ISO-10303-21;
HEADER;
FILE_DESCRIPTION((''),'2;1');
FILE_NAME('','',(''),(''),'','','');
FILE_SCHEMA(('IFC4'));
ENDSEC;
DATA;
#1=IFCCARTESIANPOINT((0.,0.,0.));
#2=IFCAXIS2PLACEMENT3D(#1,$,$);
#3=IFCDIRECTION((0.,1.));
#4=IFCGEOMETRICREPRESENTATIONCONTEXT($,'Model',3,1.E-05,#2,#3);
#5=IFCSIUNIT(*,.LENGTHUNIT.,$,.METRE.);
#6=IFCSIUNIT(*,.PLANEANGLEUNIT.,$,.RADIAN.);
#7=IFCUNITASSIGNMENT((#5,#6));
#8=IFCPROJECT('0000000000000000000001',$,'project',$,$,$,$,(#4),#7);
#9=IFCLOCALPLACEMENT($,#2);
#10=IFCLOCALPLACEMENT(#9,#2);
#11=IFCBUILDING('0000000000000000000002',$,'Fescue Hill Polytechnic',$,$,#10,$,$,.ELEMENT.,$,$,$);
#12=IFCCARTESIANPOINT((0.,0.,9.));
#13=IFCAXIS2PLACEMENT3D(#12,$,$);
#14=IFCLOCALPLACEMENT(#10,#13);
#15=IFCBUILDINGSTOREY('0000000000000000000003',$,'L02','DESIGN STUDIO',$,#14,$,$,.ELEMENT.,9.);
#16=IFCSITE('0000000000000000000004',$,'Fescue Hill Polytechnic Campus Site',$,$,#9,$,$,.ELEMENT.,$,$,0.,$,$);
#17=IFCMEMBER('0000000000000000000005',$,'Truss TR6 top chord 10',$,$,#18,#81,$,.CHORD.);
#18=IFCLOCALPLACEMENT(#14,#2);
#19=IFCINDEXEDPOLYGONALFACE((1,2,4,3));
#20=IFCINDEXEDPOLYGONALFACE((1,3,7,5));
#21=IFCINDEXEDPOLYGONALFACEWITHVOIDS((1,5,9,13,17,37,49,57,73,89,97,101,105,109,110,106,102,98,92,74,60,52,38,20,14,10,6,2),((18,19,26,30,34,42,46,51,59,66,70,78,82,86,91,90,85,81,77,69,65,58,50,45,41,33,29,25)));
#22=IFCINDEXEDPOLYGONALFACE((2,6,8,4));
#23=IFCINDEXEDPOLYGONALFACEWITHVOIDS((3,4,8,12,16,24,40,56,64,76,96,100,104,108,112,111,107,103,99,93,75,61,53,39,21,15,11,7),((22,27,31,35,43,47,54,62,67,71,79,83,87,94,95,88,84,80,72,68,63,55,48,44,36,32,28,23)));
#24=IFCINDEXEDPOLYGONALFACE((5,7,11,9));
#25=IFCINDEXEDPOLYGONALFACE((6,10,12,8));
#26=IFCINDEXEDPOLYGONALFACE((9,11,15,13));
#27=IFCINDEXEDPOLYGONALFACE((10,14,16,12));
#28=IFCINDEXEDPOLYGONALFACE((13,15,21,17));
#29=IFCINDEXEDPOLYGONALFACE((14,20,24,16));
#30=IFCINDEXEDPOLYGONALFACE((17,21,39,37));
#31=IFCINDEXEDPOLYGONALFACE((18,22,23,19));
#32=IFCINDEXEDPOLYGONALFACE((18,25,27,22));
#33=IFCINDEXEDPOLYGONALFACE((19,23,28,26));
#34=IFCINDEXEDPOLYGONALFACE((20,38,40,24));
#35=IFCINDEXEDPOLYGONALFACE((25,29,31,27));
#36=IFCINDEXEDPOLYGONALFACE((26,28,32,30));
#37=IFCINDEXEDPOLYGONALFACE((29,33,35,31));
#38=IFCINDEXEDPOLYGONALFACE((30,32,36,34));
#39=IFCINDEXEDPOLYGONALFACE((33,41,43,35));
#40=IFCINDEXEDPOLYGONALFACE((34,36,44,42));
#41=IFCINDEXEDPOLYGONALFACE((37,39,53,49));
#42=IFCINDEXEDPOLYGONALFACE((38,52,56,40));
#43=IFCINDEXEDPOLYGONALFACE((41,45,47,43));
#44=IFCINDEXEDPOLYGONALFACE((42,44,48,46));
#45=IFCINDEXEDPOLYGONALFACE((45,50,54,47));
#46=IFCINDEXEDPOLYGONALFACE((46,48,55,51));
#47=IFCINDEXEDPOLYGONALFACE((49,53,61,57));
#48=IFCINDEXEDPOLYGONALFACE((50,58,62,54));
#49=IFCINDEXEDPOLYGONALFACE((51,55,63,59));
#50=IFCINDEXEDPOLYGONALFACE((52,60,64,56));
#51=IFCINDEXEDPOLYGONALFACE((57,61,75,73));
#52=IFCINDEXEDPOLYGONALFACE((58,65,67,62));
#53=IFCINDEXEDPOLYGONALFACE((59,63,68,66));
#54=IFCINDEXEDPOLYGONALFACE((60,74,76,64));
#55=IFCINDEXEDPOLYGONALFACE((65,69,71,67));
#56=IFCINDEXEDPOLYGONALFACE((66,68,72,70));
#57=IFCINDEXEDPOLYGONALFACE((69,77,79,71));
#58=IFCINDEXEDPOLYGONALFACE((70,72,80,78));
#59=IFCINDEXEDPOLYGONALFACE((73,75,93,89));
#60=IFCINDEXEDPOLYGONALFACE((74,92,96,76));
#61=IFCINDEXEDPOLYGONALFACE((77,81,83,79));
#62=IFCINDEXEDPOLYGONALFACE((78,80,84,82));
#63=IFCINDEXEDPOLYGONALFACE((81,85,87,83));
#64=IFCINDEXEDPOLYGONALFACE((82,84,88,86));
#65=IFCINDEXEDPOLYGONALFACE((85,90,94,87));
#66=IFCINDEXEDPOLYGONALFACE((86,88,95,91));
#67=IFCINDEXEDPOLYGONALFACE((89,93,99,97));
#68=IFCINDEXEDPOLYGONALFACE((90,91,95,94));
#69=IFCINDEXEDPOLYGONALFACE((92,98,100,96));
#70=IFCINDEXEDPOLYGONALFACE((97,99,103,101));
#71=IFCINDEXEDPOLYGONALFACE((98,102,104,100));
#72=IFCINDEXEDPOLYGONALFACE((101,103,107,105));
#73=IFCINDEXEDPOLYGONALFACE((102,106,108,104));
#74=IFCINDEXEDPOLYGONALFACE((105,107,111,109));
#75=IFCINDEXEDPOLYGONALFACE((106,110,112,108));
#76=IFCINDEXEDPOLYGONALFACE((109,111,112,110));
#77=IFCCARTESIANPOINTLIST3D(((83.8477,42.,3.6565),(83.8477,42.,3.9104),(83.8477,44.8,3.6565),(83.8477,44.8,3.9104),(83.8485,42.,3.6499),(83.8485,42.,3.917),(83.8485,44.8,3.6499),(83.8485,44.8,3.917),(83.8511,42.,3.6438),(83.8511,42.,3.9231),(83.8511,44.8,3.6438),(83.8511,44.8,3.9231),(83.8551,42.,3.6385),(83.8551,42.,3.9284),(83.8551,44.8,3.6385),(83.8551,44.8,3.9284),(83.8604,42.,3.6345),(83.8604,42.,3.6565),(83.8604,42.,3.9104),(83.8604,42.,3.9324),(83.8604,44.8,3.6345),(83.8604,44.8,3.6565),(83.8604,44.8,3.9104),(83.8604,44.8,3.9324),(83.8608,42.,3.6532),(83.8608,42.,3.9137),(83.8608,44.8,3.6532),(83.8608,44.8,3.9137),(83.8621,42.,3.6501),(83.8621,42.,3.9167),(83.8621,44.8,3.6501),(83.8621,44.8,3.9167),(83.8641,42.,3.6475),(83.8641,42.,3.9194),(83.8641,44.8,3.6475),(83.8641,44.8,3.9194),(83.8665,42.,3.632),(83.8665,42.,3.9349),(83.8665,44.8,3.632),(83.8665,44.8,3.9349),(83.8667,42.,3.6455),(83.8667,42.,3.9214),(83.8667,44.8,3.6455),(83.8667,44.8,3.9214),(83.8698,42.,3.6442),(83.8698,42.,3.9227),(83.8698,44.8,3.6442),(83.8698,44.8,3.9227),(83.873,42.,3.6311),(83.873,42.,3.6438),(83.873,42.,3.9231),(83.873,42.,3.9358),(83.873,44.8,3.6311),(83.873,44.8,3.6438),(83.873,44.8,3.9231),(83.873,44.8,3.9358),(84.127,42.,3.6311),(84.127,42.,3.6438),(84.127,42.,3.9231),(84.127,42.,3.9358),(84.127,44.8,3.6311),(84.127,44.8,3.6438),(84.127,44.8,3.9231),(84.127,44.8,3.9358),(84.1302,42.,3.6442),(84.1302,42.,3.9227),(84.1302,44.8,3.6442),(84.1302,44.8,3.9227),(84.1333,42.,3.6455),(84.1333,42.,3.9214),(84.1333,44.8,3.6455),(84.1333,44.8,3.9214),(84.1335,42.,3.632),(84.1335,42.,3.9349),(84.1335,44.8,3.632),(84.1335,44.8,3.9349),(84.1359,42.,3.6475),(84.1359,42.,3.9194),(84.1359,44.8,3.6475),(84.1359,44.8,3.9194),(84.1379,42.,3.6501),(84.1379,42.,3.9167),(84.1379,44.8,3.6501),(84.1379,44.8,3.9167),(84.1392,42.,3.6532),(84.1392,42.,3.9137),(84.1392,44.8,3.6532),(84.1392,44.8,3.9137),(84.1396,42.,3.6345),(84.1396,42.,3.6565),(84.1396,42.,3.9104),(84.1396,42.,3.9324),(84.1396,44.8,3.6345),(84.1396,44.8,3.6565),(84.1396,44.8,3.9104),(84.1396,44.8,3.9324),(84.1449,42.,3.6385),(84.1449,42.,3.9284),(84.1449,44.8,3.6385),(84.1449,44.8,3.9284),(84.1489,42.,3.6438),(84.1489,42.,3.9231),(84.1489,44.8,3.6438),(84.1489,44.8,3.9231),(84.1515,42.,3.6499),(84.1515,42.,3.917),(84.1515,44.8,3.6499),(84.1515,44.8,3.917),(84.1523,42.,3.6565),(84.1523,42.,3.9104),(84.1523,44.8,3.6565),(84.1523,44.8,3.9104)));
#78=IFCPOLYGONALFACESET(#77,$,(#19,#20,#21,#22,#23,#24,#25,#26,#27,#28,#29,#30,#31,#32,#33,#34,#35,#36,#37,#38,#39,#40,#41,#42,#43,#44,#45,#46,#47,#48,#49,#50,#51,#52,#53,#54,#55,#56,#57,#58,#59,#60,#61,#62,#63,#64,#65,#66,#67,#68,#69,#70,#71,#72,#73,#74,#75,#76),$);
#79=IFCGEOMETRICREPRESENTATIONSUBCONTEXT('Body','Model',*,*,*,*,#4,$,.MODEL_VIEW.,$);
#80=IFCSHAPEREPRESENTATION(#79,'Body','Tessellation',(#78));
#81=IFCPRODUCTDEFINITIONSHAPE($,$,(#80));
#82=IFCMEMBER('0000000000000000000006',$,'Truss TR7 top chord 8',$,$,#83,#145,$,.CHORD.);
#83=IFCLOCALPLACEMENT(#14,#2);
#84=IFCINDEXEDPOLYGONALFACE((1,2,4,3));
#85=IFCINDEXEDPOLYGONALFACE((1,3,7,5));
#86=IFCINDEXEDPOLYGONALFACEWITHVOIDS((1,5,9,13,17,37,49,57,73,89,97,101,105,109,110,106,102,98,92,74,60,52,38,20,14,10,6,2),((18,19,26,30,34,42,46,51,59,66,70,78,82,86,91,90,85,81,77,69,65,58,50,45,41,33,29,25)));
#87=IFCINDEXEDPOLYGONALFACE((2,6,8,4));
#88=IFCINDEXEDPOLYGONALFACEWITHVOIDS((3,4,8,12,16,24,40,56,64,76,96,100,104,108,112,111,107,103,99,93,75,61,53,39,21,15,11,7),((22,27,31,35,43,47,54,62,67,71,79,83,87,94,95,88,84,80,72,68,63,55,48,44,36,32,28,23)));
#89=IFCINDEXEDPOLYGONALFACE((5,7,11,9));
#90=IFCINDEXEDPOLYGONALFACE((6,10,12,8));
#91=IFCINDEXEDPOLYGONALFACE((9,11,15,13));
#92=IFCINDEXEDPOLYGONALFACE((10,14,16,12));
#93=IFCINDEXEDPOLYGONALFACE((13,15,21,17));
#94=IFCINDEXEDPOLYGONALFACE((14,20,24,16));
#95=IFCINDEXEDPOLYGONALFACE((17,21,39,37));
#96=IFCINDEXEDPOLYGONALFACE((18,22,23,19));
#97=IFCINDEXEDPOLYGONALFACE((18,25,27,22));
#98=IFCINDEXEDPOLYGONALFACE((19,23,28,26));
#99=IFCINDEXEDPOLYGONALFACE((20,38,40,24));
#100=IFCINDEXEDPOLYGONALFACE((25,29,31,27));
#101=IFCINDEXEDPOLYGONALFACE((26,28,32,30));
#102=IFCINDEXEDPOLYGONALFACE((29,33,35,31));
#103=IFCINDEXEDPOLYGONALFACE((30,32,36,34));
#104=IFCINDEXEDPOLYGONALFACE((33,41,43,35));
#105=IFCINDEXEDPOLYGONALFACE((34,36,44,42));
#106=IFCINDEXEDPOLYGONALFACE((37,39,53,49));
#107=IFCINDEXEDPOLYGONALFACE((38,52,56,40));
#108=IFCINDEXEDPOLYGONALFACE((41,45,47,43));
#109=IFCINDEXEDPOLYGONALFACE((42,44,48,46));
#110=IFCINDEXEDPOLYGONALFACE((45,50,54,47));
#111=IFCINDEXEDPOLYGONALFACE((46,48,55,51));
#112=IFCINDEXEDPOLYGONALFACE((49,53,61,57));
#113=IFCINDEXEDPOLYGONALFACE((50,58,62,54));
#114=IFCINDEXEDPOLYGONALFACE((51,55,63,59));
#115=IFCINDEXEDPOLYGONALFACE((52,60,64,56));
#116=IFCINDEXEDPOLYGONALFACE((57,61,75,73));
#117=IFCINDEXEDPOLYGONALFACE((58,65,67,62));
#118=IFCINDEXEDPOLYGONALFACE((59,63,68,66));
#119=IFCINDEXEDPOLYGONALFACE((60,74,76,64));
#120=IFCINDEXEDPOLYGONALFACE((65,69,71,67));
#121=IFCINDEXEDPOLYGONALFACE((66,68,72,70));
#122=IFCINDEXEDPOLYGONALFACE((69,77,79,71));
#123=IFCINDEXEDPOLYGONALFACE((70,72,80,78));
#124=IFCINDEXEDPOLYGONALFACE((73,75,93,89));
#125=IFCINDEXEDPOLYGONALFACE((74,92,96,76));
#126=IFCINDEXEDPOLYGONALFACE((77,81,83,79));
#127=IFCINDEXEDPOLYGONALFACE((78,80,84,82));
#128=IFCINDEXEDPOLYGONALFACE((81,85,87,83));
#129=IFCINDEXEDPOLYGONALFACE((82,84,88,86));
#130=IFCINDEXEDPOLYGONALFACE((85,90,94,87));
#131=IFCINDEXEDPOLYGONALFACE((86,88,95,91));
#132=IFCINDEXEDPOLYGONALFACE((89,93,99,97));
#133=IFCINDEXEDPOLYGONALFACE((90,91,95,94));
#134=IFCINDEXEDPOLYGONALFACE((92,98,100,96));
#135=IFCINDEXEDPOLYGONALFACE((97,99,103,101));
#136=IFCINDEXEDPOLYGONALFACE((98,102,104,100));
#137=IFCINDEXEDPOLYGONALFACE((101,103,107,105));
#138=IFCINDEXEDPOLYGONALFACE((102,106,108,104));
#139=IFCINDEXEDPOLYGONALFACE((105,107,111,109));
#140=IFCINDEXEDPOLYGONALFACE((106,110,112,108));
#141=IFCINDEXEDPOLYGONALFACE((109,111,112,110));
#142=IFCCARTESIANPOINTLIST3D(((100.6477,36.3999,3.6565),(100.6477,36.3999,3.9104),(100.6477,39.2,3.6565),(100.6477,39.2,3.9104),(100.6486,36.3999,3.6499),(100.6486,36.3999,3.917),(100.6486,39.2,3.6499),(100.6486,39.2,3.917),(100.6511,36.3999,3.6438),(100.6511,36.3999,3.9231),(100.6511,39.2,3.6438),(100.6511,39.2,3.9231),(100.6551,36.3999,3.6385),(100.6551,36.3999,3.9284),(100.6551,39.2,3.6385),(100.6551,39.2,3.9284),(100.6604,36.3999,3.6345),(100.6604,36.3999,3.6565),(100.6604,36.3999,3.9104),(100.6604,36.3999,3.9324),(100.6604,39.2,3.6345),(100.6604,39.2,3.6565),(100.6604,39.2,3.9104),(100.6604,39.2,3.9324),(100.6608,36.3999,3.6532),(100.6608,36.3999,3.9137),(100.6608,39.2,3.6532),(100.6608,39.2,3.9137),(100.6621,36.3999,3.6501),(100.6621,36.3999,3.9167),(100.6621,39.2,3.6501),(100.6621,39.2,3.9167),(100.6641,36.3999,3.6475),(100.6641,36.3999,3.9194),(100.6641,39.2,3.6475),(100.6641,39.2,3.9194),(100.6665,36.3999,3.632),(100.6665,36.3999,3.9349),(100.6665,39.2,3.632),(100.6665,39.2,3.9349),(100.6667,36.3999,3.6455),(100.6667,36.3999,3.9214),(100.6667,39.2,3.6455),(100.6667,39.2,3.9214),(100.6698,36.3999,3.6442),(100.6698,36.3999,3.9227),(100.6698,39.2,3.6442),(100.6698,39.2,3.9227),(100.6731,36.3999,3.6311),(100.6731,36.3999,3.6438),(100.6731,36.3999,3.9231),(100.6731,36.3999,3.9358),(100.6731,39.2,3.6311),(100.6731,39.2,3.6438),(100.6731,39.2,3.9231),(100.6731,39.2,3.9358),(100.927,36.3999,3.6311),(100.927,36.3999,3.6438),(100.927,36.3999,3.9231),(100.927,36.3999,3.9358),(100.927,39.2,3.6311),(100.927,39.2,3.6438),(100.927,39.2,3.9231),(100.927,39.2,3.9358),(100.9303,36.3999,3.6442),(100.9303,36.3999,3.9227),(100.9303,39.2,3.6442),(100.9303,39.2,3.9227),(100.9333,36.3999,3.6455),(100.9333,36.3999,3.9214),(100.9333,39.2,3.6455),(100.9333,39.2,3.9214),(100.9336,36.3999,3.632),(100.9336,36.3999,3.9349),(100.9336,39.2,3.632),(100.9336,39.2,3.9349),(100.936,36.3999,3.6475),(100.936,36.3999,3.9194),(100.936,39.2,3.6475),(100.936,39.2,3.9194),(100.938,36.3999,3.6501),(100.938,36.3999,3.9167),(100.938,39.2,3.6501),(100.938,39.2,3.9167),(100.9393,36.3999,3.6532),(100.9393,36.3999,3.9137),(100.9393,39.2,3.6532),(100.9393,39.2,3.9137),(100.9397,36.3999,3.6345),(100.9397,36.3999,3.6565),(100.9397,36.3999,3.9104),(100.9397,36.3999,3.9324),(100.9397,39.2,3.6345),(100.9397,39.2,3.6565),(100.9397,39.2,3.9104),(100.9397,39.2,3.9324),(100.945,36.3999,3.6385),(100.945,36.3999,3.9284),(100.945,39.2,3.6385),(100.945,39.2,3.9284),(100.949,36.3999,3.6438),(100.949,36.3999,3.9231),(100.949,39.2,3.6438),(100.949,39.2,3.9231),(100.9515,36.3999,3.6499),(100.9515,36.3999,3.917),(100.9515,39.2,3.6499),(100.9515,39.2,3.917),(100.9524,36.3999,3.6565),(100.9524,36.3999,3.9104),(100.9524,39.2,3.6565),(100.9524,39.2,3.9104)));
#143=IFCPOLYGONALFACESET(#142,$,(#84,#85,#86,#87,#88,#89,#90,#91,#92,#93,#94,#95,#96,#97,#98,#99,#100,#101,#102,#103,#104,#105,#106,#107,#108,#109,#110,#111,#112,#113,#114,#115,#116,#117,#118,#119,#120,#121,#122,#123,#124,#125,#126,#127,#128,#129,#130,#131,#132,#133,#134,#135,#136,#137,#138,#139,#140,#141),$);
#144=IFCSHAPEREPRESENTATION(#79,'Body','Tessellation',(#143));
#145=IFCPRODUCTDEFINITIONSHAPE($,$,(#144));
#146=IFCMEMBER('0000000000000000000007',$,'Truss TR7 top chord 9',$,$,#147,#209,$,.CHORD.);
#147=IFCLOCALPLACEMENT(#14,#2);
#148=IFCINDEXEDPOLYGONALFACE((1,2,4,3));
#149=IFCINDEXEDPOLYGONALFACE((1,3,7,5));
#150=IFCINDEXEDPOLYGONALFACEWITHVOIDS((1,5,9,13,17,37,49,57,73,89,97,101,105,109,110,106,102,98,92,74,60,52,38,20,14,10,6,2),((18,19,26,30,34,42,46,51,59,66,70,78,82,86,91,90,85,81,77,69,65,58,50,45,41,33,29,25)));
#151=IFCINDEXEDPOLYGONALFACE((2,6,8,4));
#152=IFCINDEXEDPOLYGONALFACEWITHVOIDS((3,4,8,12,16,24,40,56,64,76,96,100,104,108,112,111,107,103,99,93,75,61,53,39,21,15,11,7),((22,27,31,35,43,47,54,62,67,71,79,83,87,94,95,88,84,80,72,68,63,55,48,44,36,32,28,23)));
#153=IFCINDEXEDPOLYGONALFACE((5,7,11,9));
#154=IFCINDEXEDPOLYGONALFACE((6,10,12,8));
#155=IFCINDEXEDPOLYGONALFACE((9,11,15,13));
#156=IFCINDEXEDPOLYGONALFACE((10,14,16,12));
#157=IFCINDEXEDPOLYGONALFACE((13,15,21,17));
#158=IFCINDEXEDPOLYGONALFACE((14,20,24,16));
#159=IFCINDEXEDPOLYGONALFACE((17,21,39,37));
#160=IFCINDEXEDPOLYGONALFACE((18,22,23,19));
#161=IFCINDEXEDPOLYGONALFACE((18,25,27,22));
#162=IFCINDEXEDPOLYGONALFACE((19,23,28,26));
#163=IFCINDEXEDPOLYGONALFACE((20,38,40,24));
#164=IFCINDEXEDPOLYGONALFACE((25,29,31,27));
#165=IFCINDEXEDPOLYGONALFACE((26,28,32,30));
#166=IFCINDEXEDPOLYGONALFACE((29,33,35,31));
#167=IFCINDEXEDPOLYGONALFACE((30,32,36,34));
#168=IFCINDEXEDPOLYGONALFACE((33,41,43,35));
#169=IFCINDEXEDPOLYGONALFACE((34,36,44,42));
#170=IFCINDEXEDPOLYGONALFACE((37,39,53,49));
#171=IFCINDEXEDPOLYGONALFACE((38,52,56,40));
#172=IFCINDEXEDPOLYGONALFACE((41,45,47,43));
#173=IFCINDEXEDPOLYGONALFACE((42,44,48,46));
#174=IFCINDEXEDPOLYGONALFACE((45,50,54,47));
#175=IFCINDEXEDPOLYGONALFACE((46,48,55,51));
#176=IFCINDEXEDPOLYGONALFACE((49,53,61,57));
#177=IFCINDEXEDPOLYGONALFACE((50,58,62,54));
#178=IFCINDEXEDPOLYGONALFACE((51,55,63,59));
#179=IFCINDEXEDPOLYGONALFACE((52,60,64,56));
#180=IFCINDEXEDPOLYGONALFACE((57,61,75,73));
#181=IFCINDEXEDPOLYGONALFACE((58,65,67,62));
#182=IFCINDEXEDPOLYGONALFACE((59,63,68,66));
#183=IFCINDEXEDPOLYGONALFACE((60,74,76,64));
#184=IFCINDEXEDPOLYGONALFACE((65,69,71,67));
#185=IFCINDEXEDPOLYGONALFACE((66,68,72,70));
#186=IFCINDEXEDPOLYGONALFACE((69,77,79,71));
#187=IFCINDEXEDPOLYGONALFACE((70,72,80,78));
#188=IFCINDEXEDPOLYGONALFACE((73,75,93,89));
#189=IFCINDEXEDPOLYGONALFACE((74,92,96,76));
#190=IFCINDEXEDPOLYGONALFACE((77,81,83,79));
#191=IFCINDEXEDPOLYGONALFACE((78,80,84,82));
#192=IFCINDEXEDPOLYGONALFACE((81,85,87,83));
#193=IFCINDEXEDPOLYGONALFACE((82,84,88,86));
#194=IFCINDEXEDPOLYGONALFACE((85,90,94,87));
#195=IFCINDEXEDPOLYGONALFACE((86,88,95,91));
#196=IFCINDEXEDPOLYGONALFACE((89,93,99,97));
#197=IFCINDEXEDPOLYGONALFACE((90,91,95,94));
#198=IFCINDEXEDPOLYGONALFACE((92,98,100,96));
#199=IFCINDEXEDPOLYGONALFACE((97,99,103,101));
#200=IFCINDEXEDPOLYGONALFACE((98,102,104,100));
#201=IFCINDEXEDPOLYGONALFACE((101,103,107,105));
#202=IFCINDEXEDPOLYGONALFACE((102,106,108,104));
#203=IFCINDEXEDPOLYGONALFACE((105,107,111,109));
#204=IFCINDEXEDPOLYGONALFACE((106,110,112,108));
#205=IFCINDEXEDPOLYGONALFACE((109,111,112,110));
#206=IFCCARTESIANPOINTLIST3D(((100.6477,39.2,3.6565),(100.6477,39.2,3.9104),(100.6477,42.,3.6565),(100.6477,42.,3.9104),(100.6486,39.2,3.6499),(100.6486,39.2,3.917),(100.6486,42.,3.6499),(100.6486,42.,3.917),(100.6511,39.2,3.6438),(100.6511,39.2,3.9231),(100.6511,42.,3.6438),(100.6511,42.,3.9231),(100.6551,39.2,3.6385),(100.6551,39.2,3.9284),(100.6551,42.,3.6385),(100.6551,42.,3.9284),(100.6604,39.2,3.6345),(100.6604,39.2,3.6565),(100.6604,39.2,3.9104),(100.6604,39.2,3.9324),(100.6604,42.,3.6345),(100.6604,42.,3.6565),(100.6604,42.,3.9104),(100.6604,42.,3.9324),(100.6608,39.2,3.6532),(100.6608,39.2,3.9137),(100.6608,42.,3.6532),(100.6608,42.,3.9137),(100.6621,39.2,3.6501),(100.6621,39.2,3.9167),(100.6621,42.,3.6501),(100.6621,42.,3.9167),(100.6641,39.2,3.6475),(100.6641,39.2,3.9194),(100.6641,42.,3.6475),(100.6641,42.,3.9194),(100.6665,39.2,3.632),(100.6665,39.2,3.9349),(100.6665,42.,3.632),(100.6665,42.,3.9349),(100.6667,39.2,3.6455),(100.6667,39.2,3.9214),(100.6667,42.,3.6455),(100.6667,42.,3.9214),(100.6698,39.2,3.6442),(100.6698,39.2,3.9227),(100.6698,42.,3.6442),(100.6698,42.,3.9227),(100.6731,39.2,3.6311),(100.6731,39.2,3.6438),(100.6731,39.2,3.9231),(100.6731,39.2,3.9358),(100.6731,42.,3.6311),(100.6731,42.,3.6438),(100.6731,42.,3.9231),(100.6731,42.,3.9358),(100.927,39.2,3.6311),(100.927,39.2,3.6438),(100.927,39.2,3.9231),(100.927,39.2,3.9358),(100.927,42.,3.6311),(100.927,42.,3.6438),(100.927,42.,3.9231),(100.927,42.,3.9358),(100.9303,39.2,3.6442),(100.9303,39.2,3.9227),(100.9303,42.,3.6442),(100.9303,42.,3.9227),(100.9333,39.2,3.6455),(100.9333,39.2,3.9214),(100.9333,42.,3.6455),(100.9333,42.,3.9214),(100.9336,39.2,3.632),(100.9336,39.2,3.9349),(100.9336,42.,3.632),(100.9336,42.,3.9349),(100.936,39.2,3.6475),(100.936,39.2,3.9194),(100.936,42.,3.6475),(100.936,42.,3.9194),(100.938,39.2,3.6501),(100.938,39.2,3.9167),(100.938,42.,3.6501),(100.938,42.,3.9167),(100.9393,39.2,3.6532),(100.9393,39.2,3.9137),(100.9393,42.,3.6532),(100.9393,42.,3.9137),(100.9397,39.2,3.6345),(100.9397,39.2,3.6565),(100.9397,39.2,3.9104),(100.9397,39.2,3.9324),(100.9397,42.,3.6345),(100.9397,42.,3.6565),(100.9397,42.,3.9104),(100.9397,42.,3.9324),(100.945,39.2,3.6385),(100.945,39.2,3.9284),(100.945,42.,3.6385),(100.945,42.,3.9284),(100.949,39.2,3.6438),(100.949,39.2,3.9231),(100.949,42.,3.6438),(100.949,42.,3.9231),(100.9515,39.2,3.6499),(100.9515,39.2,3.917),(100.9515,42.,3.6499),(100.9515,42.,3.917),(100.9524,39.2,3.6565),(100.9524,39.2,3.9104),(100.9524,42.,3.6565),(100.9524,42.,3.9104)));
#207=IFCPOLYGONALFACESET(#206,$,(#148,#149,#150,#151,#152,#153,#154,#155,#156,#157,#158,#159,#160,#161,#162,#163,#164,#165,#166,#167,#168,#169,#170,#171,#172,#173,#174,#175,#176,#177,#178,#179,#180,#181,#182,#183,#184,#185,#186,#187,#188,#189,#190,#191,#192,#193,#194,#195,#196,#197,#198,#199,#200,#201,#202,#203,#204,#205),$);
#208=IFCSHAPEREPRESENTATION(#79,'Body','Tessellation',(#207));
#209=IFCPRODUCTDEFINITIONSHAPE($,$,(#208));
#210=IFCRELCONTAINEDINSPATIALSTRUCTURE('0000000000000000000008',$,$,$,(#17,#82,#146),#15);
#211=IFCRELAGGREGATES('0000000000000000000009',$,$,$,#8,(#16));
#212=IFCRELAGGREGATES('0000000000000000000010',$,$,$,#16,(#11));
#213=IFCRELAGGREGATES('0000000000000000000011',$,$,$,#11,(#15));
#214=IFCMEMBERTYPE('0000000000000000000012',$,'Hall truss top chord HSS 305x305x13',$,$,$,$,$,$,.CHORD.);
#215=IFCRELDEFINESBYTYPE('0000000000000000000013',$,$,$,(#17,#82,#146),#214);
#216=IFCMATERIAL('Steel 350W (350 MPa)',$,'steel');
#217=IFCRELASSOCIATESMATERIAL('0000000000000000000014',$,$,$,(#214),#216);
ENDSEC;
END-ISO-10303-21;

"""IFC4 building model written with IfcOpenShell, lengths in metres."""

from ifc_helpers import new_model, si_unit, direction, frame, origin, origin_2d, place, context, subcontext, project, spatial, hollow_rectangle, extrude, material, material_profile, profile_set, type_object, element, save


model = new_model("IFC4")

# Units and contexts
model_context = context("Model", 3, precision=1e-05, world=origin(), true_north=direction((0.0, 1.0)))
body_context = subcontext(model_context, "Body", "Model", "MODEL_VIEW")
ifc_project = project(units=[si_unit("LENGTHUNIT", "METRE"), si_unit("PLANEANGLEUNIT", "RADIAN")], contexts=[model_context])

# Site, building, storey
site_placement = place(None, origin())
site = spatial("IfcSite", under=ifc_project, at=site_placement, Name="Fescue Hill Polytechnic Campus Site", CompositionType="ELEMENT", RefElevation=0.0)
building_placement = place(site_placement, origin())
building = spatial("IfcBuilding", under=site, at=building_placement, Name="Fescue Hill Polytechnic", CompositionType="ELEMENT")
storey_placement = place(building_placement, frame((0.0, 0.0, 9.0)))
storey = spatial("IfcBuildingStorey", under=building, at=storey_placement, Name="L02", Description="DESIGN STUDIO", CompositionType="ELEMENT", Elevation=9.0)

# Members
ifc_material = material(Name="Steel 350W (350 MPa)", Category="steel")
ifc_material_profile_1 = material_profile(ifc_material, hollow_rectangle(XDim=0.3047, YDim=0.3047, WallThickness=0.0127, InnerFilletRadius=0.0127, OuterFilletRadius=0.0254, at=origin_2d()), Name="Hall truss top chord HSS 305x305x13")
ifc_profile_set_1 = profile_set([ifc_material_profile_1], Name="Steel 350W (350 MPa)")
member_type_1 = type_object("IfcMemberType", Name="Hall truss top chord HSS 305x305x13", PredefinedType="CHORD", material=ifc_profile_set_1)
for number, where, z_axis, x_axis, name in (
    (1, (84.0, 42.0, 3.7834), (0.0, 1.0, 0.0), (-1.0, 0.0, 0.0), "Truss TR6 top chord 10"),
    (2, (100.8, 36.3999, 3.7834), (0.0, 1.0, 0.0), (-1.0, 0.0, 0.0), "Truss TR7 top chord 8"),
    (3, (100.8, 39.2, 3.7834), (0.0, 1.0, 0.0), (-1.0, 0.0, 0.0), "Truss TR7 top chord 9"),
):
    element("IfcMember", number, at=place(storey_placement, frame(where, z_axis=z_axis, x_axis=x_axis)), inside=storey, type_object=member_type_1, Name=name, PredefinedType="CHORD", context=body_context, shape_type="SweptSolid", body=[
        extrude(hollow_rectangle(XDim=0.3047, YDim=0.3047, WallThickness=0.0127, InnerFilletRadius=0.0127, OuterFilletRadius=0.0254, at=origin_2d()), origin(), (0.0, 0.0, 1.0), 2.8),
    ])

save(model, "model.ifc")
